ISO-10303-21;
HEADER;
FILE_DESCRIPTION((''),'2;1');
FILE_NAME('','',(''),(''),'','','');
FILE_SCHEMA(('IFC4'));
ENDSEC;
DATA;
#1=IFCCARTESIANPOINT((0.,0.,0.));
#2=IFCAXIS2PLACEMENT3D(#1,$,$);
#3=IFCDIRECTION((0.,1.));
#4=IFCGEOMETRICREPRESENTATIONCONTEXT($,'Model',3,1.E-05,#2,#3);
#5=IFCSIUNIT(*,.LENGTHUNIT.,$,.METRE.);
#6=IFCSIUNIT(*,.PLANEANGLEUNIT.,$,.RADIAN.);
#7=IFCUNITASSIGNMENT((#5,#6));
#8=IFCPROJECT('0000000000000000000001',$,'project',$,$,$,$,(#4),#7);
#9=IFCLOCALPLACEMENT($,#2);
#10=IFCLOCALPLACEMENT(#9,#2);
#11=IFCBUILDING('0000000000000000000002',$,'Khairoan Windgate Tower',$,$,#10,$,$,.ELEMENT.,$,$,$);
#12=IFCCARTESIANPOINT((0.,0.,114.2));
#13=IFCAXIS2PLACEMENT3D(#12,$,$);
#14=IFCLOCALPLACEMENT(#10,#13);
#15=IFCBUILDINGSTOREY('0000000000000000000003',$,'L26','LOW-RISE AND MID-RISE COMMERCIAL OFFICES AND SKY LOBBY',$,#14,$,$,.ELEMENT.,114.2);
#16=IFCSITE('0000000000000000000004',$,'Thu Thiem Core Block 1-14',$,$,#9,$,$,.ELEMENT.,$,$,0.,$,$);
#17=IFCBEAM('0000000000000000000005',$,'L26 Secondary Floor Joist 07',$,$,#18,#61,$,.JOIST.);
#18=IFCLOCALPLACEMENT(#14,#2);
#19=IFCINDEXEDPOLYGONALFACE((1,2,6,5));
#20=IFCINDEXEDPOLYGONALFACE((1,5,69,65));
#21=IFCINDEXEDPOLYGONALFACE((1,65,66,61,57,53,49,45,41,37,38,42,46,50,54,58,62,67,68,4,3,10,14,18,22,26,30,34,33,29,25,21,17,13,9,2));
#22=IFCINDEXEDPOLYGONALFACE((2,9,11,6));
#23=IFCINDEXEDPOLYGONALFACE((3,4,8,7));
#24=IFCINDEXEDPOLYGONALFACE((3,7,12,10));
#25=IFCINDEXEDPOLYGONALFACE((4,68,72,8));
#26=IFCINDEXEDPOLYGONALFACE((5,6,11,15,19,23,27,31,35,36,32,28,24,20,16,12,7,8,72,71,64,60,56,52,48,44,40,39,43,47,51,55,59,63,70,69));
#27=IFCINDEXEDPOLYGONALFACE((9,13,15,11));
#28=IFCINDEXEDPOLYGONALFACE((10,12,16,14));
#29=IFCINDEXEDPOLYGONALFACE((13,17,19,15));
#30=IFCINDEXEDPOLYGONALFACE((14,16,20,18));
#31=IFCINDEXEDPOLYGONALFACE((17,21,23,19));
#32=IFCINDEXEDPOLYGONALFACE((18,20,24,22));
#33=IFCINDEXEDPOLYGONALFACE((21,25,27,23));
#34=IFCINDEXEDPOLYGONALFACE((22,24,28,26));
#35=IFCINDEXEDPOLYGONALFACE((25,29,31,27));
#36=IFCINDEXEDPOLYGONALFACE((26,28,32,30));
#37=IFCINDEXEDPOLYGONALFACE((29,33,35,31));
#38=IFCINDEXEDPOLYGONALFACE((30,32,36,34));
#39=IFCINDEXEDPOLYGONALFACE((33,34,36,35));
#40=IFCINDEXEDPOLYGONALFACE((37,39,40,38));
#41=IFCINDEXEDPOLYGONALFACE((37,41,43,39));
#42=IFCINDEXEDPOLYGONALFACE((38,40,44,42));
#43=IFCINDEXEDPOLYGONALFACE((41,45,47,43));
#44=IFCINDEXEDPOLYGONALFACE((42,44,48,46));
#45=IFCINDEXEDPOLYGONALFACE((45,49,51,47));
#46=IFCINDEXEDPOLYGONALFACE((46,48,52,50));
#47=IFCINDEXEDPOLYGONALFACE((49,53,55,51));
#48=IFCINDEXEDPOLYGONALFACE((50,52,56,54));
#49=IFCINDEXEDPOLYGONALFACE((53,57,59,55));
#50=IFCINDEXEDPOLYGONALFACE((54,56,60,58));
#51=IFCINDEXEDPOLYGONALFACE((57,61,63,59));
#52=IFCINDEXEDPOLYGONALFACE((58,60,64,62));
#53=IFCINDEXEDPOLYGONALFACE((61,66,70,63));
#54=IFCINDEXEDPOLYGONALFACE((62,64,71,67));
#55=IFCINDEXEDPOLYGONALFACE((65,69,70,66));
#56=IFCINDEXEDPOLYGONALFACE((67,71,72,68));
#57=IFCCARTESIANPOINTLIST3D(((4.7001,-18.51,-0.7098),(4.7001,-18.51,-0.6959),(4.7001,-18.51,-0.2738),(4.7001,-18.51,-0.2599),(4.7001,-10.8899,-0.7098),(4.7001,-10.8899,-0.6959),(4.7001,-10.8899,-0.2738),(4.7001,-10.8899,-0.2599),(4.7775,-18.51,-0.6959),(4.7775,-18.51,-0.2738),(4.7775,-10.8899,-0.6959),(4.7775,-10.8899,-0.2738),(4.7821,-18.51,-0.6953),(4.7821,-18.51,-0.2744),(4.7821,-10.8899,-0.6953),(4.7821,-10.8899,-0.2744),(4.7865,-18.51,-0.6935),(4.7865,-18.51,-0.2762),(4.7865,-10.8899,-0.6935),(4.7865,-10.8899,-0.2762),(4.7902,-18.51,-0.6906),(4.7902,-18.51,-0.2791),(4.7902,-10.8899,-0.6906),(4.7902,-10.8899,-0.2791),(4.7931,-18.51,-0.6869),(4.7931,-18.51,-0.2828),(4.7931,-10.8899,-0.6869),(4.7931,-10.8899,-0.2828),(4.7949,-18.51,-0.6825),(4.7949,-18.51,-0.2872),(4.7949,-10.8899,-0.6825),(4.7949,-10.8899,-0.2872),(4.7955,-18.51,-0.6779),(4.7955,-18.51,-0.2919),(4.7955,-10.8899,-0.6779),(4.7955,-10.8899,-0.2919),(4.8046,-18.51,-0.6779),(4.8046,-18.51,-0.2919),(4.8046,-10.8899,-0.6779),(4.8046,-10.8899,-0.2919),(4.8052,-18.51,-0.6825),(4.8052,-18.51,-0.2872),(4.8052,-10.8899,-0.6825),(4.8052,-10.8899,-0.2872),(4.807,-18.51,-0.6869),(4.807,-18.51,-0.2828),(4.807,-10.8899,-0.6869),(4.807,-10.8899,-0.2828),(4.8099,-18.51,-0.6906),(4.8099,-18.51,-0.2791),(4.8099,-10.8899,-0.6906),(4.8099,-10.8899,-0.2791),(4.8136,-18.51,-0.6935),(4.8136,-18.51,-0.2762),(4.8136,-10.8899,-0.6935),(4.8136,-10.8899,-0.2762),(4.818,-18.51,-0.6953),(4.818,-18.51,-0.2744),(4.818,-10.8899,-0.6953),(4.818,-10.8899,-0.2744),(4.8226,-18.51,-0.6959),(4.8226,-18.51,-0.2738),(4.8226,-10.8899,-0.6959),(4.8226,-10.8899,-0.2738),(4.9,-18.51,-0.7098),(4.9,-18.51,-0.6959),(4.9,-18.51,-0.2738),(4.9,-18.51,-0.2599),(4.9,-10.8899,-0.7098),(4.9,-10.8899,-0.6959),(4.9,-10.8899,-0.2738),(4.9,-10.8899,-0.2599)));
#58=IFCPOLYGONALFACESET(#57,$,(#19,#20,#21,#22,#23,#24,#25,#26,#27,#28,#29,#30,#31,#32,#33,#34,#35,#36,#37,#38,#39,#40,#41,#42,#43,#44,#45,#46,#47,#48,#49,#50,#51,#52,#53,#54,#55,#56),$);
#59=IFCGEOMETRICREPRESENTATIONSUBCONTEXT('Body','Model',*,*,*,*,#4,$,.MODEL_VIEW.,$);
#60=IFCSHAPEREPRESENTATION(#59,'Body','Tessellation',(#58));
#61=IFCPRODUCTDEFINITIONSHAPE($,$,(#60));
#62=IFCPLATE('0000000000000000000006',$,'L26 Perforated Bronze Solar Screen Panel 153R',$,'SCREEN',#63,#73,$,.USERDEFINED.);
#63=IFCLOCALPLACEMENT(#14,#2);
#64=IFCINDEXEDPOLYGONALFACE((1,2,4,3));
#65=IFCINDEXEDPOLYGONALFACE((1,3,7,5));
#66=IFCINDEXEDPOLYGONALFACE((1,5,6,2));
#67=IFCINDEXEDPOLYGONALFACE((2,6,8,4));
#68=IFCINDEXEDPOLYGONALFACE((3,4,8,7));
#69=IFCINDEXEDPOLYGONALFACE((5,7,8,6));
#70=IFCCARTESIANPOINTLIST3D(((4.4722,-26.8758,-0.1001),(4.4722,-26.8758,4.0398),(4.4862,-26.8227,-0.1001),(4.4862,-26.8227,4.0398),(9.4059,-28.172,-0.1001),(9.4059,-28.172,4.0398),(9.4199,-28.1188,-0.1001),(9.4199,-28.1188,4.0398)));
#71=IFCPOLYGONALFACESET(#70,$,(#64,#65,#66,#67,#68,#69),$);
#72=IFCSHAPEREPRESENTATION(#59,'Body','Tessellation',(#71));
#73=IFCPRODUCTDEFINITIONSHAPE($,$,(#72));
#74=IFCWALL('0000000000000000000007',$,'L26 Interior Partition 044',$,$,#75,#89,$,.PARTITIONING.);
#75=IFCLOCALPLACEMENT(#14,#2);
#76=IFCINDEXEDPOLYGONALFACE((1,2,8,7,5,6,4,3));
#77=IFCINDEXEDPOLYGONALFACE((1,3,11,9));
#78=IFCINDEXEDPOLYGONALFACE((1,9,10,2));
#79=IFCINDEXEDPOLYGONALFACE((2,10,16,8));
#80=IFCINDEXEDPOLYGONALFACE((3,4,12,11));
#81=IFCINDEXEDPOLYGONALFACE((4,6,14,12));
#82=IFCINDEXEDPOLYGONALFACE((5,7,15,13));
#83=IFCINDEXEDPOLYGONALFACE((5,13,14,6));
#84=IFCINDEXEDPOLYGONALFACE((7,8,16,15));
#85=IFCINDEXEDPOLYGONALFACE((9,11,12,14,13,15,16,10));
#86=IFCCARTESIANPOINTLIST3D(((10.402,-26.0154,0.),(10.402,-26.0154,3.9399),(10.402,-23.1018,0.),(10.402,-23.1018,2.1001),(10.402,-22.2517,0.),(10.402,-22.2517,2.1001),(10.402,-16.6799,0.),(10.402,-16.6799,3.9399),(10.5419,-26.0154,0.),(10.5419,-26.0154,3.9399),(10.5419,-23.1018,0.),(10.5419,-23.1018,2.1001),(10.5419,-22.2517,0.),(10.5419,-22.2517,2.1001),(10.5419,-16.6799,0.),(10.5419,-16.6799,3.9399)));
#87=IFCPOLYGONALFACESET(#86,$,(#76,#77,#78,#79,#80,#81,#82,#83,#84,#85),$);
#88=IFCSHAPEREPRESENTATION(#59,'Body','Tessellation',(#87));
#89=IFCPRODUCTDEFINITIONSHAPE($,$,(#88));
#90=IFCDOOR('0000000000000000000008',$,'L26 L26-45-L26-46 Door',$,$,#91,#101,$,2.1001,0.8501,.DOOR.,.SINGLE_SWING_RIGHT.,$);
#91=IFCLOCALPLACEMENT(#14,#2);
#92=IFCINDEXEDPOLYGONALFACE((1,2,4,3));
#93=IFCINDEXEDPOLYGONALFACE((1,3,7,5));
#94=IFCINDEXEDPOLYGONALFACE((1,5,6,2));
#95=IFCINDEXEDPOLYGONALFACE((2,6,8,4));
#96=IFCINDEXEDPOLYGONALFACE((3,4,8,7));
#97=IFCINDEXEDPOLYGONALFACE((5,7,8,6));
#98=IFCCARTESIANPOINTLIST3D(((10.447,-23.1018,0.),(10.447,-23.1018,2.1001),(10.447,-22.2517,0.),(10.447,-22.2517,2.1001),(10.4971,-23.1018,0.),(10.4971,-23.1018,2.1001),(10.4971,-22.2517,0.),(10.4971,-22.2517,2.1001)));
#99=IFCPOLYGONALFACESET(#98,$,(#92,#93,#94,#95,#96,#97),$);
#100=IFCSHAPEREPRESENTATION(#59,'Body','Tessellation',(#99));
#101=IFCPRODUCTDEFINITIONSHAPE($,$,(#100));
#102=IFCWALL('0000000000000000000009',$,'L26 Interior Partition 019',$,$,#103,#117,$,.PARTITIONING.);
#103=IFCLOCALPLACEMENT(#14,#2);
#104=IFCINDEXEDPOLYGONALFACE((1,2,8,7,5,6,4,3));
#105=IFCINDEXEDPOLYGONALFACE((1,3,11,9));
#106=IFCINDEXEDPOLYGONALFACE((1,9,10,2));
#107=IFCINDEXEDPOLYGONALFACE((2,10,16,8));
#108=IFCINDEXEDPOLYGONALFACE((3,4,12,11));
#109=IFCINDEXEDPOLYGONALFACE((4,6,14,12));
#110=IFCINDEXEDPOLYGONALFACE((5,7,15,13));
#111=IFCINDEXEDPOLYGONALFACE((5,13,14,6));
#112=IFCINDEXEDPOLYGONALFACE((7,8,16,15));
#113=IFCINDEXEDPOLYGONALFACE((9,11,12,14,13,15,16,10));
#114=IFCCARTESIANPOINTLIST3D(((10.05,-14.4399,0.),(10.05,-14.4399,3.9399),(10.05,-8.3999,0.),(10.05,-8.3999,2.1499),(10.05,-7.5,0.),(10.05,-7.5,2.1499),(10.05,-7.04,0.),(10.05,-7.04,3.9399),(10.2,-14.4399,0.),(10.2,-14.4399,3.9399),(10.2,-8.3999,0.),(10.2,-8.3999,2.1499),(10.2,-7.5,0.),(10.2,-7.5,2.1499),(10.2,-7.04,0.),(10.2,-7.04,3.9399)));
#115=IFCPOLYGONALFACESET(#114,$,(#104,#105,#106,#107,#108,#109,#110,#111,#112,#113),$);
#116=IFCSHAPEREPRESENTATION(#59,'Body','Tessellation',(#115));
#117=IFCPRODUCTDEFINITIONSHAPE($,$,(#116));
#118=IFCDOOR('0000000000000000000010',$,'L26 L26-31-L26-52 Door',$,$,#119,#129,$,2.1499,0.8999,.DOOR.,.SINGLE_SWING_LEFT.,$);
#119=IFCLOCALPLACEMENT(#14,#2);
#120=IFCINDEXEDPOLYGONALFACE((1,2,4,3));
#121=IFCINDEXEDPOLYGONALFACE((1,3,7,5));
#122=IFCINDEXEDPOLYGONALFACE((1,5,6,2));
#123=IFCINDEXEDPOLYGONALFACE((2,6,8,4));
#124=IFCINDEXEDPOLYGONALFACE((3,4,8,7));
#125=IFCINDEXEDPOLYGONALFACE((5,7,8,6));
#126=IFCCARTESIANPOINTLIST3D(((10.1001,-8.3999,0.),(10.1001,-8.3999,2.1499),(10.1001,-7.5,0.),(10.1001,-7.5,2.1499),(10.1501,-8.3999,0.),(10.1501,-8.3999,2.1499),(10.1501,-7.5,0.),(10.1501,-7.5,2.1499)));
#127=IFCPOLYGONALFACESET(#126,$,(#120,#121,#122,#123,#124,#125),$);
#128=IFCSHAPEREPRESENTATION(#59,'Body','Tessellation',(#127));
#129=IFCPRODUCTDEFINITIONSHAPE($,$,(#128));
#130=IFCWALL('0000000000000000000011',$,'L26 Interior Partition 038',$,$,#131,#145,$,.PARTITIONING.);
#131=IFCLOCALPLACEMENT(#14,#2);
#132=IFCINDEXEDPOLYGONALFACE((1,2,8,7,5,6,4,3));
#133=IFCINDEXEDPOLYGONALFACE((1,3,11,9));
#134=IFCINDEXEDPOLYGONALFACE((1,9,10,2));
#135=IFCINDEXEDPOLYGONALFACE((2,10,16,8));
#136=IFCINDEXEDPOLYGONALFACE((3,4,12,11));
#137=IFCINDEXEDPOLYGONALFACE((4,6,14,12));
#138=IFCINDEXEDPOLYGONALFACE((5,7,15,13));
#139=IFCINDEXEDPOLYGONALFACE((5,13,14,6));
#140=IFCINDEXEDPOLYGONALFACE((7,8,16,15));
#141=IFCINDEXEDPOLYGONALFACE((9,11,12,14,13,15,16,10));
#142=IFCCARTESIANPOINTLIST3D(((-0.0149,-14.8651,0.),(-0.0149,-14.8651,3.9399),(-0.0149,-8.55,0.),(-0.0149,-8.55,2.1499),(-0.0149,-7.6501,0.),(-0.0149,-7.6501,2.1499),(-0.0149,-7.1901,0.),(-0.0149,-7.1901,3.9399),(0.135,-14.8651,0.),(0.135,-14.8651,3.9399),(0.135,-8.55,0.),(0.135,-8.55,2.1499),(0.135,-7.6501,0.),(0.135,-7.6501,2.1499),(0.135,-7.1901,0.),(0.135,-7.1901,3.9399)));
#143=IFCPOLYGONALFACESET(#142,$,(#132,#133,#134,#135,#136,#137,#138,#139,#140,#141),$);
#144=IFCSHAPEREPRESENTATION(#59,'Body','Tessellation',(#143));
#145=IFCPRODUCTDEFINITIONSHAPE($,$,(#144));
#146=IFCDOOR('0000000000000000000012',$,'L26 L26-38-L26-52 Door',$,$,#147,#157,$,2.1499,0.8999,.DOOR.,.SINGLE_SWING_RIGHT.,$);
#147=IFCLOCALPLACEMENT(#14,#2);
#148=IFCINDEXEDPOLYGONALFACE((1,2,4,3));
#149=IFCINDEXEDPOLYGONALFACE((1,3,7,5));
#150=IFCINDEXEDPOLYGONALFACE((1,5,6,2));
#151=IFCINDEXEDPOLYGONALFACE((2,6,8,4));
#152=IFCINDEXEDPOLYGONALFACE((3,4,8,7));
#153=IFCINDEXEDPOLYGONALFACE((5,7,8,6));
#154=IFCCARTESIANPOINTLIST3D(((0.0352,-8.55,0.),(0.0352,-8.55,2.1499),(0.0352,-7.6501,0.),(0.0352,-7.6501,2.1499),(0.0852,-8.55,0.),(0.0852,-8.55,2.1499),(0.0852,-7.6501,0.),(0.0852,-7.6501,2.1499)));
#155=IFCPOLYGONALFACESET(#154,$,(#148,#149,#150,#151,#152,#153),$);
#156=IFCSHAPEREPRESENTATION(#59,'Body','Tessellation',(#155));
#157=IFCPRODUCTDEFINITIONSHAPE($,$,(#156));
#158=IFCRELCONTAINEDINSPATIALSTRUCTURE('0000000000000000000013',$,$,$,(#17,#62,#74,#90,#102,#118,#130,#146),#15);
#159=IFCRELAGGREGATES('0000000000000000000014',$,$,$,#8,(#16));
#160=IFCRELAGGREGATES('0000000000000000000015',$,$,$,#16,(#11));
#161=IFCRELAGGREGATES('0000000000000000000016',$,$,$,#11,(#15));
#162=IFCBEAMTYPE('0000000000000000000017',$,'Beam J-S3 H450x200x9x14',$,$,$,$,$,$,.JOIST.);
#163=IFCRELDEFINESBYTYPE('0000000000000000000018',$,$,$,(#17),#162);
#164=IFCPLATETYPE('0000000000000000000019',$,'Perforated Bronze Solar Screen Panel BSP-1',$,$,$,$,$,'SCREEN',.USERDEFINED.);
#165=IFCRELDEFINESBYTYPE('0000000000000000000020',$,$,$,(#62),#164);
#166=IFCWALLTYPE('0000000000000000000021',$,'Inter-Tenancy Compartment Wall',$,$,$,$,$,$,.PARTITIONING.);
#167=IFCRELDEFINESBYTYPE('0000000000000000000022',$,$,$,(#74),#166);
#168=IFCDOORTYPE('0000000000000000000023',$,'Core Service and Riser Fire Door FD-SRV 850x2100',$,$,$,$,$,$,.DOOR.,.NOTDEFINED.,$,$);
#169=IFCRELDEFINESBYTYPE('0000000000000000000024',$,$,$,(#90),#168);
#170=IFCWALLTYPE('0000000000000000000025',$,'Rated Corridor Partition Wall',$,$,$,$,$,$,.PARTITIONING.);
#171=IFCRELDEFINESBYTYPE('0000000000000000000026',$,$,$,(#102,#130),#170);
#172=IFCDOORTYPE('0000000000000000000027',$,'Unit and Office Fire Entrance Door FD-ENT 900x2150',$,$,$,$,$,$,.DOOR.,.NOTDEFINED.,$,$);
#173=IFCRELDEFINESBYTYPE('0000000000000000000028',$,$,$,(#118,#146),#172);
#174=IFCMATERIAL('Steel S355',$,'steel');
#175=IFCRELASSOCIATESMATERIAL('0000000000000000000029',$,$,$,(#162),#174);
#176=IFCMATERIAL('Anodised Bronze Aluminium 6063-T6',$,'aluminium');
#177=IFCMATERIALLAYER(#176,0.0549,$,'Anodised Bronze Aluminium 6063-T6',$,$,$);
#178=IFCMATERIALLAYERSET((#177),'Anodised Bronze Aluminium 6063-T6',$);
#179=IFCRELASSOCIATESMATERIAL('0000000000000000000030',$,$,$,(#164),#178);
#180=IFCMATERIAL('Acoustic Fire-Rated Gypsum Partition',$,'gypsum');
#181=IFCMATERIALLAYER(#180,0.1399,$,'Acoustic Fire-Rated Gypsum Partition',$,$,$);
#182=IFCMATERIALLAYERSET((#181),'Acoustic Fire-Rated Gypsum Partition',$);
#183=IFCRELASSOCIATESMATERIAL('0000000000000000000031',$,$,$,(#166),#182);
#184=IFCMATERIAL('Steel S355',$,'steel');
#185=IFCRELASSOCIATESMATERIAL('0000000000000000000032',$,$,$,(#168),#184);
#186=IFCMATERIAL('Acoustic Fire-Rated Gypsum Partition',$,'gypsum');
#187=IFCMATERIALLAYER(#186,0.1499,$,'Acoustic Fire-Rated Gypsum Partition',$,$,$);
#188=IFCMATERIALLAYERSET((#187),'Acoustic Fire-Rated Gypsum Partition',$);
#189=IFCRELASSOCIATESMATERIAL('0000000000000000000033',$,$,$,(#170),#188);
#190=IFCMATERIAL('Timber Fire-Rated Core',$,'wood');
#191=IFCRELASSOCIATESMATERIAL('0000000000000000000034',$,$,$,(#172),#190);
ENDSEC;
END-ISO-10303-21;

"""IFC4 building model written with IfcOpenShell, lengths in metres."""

from ifc_helpers import new_model, si_unit, direction, frame, frame_2d, origin, origin_2d, place, context, subcontext, project, spatial, rectangle, i_section, extrude, material, layer, layer_set, material_profile, profile_set, type_object, element, fill, save


model = new_model("IFC4")

# Units and contexts
model_context = context("Model", 3, precision=1e-05, world=origin(), true_north=direction((0.0, 1.0)))
body_context = subcontext(model_context, "Body", "Model", "MODEL_VIEW")
ifc_project = project(units=[si_unit("LENGTHUNIT", "METRE"), si_unit("PLANEANGLEUNIT", "RADIAN")], contexts=[model_context])

# Site, building, storey
site_placement = place(None, origin())
site = spatial("IfcSite", under=ifc_project, at=site_placement, Name="Thu Thiem Core Block 1-14", CompositionType="ELEMENT", RefElevation=0.0)
building_placement = place(site_placement, origin())
building = spatial("IfcBuilding", under=site, at=building_placement, Name="Khairoan Windgate Tower", CompositionType="ELEMENT")
storey_placement = place(building_placement, frame((0.0, 0.0, 114.2)))
storey = spatial("IfcBuildingStorey", under=building, at=storey_placement, Name="L26", Description="LOW-RISE AND MID-RISE COMMERCIAL OFFICES AND SKY LOBBY", CompositionType="ELEMENT", Elevation=114.2)

# Beam
ifc_material_1 = material(Name="Steel S355", Category="steel")
ifc_material_profile_1 = material_profile(ifc_material_1, i_section(OverallWidth=0.2, OverallDepth=0.45, WebThickness=0.009, FlangeThickness=0.0139, FilletRadius=0.0181, at=origin_2d()))
ifc_profile_set_1 = profile_set([ifc_material_profile_1], Name="Steel S355")
beam_type_1 = type_object("IfcBeamType", Name="Beam J-S3 H450x200x9x14", PredefinedType="JOIST", material=ifc_profile_set_1)
beam_1_placement = place(storey_placement, frame((4.8, -18.51, -0.4849), z_axis=(0.0, 1.0, 0.0), x_axis=(-1.0, 0.0, 0.0)))
element("IfcBeam", 1, at=beam_1_placement, inside=storey, type_object=beam_type_1, Name="L26 Secondary Floor Joist 07", PredefinedType="JOIST", context=body_context, shape_type="SweptSolid", body=[
    extrude(i_section(OverallWidth=0.2, OverallDepth=0.45, WebThickness=0.009, FlangeThickness=0.0139, FilletRadius=0.0181, at=origin_2d()), origin(), (0.0, 0.0, 1.0), 7.6201),
])

# Plate
ifc_material_2 = material(Name="Anodised Bronze Aluminium 6063-T6", Category="aluminium")
ifc_layer_1 = layer(ifc_material_2, 0.0549, Name="Anodised Bronze Aluminium 6063-T6")
ifc_layer_set_1 = layer_set([ifc_layer_1], Name="Anodised Bronze Aluminium 6063-T6")
plate_type = type_object("IfcPlateType", Name="Perforated Bronze Solar Screen Panel BSP-1", ElementType="SCREEN", PredefinedType="USERDEFINED", material=ifc_layer_set_1)
plate_placement = place(storey_placement, frame((6.946, -27.4973, -0.1001), z_axis=(0.0, 0.0, 1.0), x_axis=(-0.967179, 0.254096, 0.0)))
element("IfcPlate", 2, at=plate_placement, inside=storey, type_object=plate_type, Name="L26 Perforated Bronze Solar Screen Panel 153R", ObjectType="SCREEN", PredefinedType="USERDEFINED", context=body_context, shape_type="SweptSolid", body=[
    extrude(rectangle(XDim=5.1011, YDim=0.0549, at=origin_2d()), origin(), (0.0, 0.0, 1.0), 4.1399),
])

# Walls, openings, doors
ifc_material_3 = material(Name="Acoustic Fire-Rated Gypsum Partition", Category="gypsum")
ifc_layer_2 = layer(ifc_material_3, 0.1399, Name="Acoustic Fire-Rated Gypsum Partition")
ifc_layer_set_2 = layer_set([ifc_layer_2], Name="Acoustic Fire-Rated Gypsum Partition")
wall_type_1 = type_object("IfcWallType", Name="Inter-Tenancy Compartment Wall", PredefinedType="PARTITIONING", material=ifc_layer_set_2)
wall_1_placement = place(storey_placement, frame((10.4719, -26.0154, 0.0), z_axis=(0.0, 0.0, 1.0), x_axis=(0.0, 1.0, 0.0)))
wall_1 = element("IfcWall", 3, at=wall_1_placement, inside=storey, type_object=wall_type_1, Name="L26 Interior Partition 044", PredefinedType="PARTITIONING", context=body_context, shape_type="SweptSolid", body=[
    extrude(rectangle(XDim=9.3354, YDim=0.1399, at=frame_2d((4.6677, 0.0))), origin(), (0.0, 0.0, 1.0), 3.9399),
])
opening_1_placement = place(wall_1_placement, frame((2.9136, 0.0, 0.0)))
opening_1 = element("IfcOpeningElement", 4, at=opening_1_placement, cuts=wall_1, PredefinedType="OPENING", context=body_context, shape_type="SweptSolid", body=[
    extrude(rectangle(XDim=0.8501, YDim=2.1001, at=frame_2d((0.425, 1.05))), frame((0.0, 0.0798, 0.0), z_axis=(0.0, -1.0, 0.0), x_axis=(1.0, 0.0, 0.0)), (0.0, 0.0, 1.0), 0.1599),
])
ifc_material_4 = material(Name="Steel S355", Category="steel")
door_type_1 = type_object("IfcDoorType", Name="Core Service and Riser Fire Door FD-SRV 850x2100", OperationType="NOTDEFINED", PredefinedType="DOOR", material=ifc_material_4)
door_1_placement = place(opening_1_placement, origin())
door_1 = element("IfcDoor", 5, at=door_1_placement, inside=storey, type_object=door_type_1, Name="L26 L26-45-L26-46 Door", OperationType="SINGLE_SWING_RIGHT", OverallHeight=2.1001, OverallWidth=0.8501, PredefinedType="DOOR", context=body_context, shape_type="SweptSolid", body=[
    extrude(rectangle(XDim=0.8501, YDim=2.1001, at=frame_2d((0.425, 1.05))), frame((0.0, 0.0249, 0.0), z_axis=(0.0, -1.0, 0.0), x_axis=(1.0, 0.0, 0.0)), (0.0, 0.0, 1.0), 0.05),
])
fill(opening_1, door_1)
ifc_material_5 = material(Name="Acoustic Fire-Rated Gypsum Partition", Category="gypsum")
ifc_layer_3 = layer(ifc_material_5, 0.1499, Name="Acoustic Fire-Rated Gypsum Partition")
ifc_layer_set_3 = layer_set([ifc_layer_3], Name="Acoustic Fire-Rated Gypsum Partition")
wall_type_2 = type_object("IfcWallType", Name="Rated Corridor Partition Wall", PredefinedType="PARTITIONING", material=ifc_layer_set_3)
wall_2_placement = place(storey_placement, frame((10.125, -14.4399, 0.0), z_axis=(0.0, 0.0, 1.0), x_axis=(0.0, 1.0, 0.0)))
wall_2 = element("IfcWall", 6, at=wall_2_placement, inside=storey, type_object=wall_type_2, Name="L26 Interior Partition 019", PredefinedType="PARTITIONING", context=body_context, shape_type="SweptSolid", body=[
    extrude(rectangle(XDim=7.3999, YDim=0.1499, at=frame_2d((3.7, 0.0))), origin(), (0.0, 0.0, 1.0), 3.9399),
])
opening_2_placement = place(wall_2_placement, frame((6.04, 0.0, 0.0)))
opening_2 = element("IfcOpeningElement", 7, at=opening_2_placement, cuts=wall_2, PredefinedType="OPENING", context=body_context, shape_type="SweptSolid", body=[
    extrude(rectangle(XDim=0.8999, YDim=2.1499, at=frame_2d((0.45, 1.075))), frame((0.0, 0.085, 0.0), z_axis=(0.0, -1.0, 0.0), x_axis=(1.0, 0.0, 0.0)), (0.0, 0.0, 1.0), 0.1699),
])
ifc_material_6 = material(Name="Timber Fire-Rated Core", Category="wood")
door_type_2 = type_object("IfcDoorType", Name="Unit and Office Fire Entrance Door FD-ENT 900x2150", OperationType="NOTDEFINED", PredefinedType="DOOR", material=ifc_material_6)
door_2_placement = place(opening_2_placement, origin())
door_2 = element("IfcDoor", 8, at=door_2_placement, inside=storey, type_object=door_type_2, Name="L26 L26-31-L26-52 Door", OperationType="SINGLE_SWING_LEFT", OverallHeight=2.1499, OverallWidth=0.8999, PredefinedType="DOOR", context=body_context, shape_type="SweptSolid", body=[
    extrude(rectangle(XDim=0.8999, YDim=2.1499, at=frame_2d((0.45, 1.075))), frame((0.0, 0.0249, 0.0), z_axis=(0.0, -1.0, 0.0), x_axis=(1.0, 0.0, 0.0)), (0.0, 0.0, 1.0), 0.05),
])
fill(opening_2, door_2)
wall_3_placement = place(storey_placement, frame((0.0601, -14.865, 0.0), z_axis=(0.0, 0.0, 1.0), x_axis=(0.0, 1.0, 0.0)))
wall_3 = element("IfcWall", 9, at=wall_3_placement, inside=storey, type_object=wall_type_2, Name="L26 Interior Partition 038", PredefinedType="PARTITIONING", context=body_context, shape_type="SweptSolid", body=[
    extrude(rectangle(XDim=7.675, YDim=0.1499, at=frame_2d((3.8374, 0.0))), origin(), (0.0, 0.0, 1.0), 3.9399),
])
opening_3_placement = place(wall_3_placement, frame((6.3149, 0.0, 0.0)))
opening_3 = element("IfcOpeningElement", 10, at=opening_3_placement, cuts=wall_3, PredefinedType="OPENING", context=body_context, shape_type="SweptSolid", body=[
    extrude(rectangle(XDim=0.8999, YDim=2.1499, at=frame_2d((0.45, 1.075))), frame((0.0, 0.085, 0.0), z_axis=(0.0, -1.0, 0.0), x_axis=(1.0, 0.0, 0.0)), (0.0, 0.0, 1.0), 0.1699),
])
door_3_placement = place(opening_3_placement, origin())
door_3 = element("IfcDoor", 11, at=door_3_placement, inside=storey, type_object=door_type_2, Name="L26 L26-38-L26-52 Door", OperationType="SINGLE_SWING_RIGHT", OverallHeight=2.1499, OverallWidth=0.8999, PredefinedType="DOOR", context=body_context, shape_type="SweptSolid", body=[
    extrude(rectangle(XDim=0.8999, YDim=2.1499, at=frame_2d((0.45, 1.075))), frame((0.0, 0.0249, 0.0), z_axis=(0.0, -1.0, 0.0), x_axis=(1.0, 0.0, 0.0)), (0.0, 0.0, 1.0), 0.05),
])
fill(opening_3, door_3)

save(model, "model.ifc")
